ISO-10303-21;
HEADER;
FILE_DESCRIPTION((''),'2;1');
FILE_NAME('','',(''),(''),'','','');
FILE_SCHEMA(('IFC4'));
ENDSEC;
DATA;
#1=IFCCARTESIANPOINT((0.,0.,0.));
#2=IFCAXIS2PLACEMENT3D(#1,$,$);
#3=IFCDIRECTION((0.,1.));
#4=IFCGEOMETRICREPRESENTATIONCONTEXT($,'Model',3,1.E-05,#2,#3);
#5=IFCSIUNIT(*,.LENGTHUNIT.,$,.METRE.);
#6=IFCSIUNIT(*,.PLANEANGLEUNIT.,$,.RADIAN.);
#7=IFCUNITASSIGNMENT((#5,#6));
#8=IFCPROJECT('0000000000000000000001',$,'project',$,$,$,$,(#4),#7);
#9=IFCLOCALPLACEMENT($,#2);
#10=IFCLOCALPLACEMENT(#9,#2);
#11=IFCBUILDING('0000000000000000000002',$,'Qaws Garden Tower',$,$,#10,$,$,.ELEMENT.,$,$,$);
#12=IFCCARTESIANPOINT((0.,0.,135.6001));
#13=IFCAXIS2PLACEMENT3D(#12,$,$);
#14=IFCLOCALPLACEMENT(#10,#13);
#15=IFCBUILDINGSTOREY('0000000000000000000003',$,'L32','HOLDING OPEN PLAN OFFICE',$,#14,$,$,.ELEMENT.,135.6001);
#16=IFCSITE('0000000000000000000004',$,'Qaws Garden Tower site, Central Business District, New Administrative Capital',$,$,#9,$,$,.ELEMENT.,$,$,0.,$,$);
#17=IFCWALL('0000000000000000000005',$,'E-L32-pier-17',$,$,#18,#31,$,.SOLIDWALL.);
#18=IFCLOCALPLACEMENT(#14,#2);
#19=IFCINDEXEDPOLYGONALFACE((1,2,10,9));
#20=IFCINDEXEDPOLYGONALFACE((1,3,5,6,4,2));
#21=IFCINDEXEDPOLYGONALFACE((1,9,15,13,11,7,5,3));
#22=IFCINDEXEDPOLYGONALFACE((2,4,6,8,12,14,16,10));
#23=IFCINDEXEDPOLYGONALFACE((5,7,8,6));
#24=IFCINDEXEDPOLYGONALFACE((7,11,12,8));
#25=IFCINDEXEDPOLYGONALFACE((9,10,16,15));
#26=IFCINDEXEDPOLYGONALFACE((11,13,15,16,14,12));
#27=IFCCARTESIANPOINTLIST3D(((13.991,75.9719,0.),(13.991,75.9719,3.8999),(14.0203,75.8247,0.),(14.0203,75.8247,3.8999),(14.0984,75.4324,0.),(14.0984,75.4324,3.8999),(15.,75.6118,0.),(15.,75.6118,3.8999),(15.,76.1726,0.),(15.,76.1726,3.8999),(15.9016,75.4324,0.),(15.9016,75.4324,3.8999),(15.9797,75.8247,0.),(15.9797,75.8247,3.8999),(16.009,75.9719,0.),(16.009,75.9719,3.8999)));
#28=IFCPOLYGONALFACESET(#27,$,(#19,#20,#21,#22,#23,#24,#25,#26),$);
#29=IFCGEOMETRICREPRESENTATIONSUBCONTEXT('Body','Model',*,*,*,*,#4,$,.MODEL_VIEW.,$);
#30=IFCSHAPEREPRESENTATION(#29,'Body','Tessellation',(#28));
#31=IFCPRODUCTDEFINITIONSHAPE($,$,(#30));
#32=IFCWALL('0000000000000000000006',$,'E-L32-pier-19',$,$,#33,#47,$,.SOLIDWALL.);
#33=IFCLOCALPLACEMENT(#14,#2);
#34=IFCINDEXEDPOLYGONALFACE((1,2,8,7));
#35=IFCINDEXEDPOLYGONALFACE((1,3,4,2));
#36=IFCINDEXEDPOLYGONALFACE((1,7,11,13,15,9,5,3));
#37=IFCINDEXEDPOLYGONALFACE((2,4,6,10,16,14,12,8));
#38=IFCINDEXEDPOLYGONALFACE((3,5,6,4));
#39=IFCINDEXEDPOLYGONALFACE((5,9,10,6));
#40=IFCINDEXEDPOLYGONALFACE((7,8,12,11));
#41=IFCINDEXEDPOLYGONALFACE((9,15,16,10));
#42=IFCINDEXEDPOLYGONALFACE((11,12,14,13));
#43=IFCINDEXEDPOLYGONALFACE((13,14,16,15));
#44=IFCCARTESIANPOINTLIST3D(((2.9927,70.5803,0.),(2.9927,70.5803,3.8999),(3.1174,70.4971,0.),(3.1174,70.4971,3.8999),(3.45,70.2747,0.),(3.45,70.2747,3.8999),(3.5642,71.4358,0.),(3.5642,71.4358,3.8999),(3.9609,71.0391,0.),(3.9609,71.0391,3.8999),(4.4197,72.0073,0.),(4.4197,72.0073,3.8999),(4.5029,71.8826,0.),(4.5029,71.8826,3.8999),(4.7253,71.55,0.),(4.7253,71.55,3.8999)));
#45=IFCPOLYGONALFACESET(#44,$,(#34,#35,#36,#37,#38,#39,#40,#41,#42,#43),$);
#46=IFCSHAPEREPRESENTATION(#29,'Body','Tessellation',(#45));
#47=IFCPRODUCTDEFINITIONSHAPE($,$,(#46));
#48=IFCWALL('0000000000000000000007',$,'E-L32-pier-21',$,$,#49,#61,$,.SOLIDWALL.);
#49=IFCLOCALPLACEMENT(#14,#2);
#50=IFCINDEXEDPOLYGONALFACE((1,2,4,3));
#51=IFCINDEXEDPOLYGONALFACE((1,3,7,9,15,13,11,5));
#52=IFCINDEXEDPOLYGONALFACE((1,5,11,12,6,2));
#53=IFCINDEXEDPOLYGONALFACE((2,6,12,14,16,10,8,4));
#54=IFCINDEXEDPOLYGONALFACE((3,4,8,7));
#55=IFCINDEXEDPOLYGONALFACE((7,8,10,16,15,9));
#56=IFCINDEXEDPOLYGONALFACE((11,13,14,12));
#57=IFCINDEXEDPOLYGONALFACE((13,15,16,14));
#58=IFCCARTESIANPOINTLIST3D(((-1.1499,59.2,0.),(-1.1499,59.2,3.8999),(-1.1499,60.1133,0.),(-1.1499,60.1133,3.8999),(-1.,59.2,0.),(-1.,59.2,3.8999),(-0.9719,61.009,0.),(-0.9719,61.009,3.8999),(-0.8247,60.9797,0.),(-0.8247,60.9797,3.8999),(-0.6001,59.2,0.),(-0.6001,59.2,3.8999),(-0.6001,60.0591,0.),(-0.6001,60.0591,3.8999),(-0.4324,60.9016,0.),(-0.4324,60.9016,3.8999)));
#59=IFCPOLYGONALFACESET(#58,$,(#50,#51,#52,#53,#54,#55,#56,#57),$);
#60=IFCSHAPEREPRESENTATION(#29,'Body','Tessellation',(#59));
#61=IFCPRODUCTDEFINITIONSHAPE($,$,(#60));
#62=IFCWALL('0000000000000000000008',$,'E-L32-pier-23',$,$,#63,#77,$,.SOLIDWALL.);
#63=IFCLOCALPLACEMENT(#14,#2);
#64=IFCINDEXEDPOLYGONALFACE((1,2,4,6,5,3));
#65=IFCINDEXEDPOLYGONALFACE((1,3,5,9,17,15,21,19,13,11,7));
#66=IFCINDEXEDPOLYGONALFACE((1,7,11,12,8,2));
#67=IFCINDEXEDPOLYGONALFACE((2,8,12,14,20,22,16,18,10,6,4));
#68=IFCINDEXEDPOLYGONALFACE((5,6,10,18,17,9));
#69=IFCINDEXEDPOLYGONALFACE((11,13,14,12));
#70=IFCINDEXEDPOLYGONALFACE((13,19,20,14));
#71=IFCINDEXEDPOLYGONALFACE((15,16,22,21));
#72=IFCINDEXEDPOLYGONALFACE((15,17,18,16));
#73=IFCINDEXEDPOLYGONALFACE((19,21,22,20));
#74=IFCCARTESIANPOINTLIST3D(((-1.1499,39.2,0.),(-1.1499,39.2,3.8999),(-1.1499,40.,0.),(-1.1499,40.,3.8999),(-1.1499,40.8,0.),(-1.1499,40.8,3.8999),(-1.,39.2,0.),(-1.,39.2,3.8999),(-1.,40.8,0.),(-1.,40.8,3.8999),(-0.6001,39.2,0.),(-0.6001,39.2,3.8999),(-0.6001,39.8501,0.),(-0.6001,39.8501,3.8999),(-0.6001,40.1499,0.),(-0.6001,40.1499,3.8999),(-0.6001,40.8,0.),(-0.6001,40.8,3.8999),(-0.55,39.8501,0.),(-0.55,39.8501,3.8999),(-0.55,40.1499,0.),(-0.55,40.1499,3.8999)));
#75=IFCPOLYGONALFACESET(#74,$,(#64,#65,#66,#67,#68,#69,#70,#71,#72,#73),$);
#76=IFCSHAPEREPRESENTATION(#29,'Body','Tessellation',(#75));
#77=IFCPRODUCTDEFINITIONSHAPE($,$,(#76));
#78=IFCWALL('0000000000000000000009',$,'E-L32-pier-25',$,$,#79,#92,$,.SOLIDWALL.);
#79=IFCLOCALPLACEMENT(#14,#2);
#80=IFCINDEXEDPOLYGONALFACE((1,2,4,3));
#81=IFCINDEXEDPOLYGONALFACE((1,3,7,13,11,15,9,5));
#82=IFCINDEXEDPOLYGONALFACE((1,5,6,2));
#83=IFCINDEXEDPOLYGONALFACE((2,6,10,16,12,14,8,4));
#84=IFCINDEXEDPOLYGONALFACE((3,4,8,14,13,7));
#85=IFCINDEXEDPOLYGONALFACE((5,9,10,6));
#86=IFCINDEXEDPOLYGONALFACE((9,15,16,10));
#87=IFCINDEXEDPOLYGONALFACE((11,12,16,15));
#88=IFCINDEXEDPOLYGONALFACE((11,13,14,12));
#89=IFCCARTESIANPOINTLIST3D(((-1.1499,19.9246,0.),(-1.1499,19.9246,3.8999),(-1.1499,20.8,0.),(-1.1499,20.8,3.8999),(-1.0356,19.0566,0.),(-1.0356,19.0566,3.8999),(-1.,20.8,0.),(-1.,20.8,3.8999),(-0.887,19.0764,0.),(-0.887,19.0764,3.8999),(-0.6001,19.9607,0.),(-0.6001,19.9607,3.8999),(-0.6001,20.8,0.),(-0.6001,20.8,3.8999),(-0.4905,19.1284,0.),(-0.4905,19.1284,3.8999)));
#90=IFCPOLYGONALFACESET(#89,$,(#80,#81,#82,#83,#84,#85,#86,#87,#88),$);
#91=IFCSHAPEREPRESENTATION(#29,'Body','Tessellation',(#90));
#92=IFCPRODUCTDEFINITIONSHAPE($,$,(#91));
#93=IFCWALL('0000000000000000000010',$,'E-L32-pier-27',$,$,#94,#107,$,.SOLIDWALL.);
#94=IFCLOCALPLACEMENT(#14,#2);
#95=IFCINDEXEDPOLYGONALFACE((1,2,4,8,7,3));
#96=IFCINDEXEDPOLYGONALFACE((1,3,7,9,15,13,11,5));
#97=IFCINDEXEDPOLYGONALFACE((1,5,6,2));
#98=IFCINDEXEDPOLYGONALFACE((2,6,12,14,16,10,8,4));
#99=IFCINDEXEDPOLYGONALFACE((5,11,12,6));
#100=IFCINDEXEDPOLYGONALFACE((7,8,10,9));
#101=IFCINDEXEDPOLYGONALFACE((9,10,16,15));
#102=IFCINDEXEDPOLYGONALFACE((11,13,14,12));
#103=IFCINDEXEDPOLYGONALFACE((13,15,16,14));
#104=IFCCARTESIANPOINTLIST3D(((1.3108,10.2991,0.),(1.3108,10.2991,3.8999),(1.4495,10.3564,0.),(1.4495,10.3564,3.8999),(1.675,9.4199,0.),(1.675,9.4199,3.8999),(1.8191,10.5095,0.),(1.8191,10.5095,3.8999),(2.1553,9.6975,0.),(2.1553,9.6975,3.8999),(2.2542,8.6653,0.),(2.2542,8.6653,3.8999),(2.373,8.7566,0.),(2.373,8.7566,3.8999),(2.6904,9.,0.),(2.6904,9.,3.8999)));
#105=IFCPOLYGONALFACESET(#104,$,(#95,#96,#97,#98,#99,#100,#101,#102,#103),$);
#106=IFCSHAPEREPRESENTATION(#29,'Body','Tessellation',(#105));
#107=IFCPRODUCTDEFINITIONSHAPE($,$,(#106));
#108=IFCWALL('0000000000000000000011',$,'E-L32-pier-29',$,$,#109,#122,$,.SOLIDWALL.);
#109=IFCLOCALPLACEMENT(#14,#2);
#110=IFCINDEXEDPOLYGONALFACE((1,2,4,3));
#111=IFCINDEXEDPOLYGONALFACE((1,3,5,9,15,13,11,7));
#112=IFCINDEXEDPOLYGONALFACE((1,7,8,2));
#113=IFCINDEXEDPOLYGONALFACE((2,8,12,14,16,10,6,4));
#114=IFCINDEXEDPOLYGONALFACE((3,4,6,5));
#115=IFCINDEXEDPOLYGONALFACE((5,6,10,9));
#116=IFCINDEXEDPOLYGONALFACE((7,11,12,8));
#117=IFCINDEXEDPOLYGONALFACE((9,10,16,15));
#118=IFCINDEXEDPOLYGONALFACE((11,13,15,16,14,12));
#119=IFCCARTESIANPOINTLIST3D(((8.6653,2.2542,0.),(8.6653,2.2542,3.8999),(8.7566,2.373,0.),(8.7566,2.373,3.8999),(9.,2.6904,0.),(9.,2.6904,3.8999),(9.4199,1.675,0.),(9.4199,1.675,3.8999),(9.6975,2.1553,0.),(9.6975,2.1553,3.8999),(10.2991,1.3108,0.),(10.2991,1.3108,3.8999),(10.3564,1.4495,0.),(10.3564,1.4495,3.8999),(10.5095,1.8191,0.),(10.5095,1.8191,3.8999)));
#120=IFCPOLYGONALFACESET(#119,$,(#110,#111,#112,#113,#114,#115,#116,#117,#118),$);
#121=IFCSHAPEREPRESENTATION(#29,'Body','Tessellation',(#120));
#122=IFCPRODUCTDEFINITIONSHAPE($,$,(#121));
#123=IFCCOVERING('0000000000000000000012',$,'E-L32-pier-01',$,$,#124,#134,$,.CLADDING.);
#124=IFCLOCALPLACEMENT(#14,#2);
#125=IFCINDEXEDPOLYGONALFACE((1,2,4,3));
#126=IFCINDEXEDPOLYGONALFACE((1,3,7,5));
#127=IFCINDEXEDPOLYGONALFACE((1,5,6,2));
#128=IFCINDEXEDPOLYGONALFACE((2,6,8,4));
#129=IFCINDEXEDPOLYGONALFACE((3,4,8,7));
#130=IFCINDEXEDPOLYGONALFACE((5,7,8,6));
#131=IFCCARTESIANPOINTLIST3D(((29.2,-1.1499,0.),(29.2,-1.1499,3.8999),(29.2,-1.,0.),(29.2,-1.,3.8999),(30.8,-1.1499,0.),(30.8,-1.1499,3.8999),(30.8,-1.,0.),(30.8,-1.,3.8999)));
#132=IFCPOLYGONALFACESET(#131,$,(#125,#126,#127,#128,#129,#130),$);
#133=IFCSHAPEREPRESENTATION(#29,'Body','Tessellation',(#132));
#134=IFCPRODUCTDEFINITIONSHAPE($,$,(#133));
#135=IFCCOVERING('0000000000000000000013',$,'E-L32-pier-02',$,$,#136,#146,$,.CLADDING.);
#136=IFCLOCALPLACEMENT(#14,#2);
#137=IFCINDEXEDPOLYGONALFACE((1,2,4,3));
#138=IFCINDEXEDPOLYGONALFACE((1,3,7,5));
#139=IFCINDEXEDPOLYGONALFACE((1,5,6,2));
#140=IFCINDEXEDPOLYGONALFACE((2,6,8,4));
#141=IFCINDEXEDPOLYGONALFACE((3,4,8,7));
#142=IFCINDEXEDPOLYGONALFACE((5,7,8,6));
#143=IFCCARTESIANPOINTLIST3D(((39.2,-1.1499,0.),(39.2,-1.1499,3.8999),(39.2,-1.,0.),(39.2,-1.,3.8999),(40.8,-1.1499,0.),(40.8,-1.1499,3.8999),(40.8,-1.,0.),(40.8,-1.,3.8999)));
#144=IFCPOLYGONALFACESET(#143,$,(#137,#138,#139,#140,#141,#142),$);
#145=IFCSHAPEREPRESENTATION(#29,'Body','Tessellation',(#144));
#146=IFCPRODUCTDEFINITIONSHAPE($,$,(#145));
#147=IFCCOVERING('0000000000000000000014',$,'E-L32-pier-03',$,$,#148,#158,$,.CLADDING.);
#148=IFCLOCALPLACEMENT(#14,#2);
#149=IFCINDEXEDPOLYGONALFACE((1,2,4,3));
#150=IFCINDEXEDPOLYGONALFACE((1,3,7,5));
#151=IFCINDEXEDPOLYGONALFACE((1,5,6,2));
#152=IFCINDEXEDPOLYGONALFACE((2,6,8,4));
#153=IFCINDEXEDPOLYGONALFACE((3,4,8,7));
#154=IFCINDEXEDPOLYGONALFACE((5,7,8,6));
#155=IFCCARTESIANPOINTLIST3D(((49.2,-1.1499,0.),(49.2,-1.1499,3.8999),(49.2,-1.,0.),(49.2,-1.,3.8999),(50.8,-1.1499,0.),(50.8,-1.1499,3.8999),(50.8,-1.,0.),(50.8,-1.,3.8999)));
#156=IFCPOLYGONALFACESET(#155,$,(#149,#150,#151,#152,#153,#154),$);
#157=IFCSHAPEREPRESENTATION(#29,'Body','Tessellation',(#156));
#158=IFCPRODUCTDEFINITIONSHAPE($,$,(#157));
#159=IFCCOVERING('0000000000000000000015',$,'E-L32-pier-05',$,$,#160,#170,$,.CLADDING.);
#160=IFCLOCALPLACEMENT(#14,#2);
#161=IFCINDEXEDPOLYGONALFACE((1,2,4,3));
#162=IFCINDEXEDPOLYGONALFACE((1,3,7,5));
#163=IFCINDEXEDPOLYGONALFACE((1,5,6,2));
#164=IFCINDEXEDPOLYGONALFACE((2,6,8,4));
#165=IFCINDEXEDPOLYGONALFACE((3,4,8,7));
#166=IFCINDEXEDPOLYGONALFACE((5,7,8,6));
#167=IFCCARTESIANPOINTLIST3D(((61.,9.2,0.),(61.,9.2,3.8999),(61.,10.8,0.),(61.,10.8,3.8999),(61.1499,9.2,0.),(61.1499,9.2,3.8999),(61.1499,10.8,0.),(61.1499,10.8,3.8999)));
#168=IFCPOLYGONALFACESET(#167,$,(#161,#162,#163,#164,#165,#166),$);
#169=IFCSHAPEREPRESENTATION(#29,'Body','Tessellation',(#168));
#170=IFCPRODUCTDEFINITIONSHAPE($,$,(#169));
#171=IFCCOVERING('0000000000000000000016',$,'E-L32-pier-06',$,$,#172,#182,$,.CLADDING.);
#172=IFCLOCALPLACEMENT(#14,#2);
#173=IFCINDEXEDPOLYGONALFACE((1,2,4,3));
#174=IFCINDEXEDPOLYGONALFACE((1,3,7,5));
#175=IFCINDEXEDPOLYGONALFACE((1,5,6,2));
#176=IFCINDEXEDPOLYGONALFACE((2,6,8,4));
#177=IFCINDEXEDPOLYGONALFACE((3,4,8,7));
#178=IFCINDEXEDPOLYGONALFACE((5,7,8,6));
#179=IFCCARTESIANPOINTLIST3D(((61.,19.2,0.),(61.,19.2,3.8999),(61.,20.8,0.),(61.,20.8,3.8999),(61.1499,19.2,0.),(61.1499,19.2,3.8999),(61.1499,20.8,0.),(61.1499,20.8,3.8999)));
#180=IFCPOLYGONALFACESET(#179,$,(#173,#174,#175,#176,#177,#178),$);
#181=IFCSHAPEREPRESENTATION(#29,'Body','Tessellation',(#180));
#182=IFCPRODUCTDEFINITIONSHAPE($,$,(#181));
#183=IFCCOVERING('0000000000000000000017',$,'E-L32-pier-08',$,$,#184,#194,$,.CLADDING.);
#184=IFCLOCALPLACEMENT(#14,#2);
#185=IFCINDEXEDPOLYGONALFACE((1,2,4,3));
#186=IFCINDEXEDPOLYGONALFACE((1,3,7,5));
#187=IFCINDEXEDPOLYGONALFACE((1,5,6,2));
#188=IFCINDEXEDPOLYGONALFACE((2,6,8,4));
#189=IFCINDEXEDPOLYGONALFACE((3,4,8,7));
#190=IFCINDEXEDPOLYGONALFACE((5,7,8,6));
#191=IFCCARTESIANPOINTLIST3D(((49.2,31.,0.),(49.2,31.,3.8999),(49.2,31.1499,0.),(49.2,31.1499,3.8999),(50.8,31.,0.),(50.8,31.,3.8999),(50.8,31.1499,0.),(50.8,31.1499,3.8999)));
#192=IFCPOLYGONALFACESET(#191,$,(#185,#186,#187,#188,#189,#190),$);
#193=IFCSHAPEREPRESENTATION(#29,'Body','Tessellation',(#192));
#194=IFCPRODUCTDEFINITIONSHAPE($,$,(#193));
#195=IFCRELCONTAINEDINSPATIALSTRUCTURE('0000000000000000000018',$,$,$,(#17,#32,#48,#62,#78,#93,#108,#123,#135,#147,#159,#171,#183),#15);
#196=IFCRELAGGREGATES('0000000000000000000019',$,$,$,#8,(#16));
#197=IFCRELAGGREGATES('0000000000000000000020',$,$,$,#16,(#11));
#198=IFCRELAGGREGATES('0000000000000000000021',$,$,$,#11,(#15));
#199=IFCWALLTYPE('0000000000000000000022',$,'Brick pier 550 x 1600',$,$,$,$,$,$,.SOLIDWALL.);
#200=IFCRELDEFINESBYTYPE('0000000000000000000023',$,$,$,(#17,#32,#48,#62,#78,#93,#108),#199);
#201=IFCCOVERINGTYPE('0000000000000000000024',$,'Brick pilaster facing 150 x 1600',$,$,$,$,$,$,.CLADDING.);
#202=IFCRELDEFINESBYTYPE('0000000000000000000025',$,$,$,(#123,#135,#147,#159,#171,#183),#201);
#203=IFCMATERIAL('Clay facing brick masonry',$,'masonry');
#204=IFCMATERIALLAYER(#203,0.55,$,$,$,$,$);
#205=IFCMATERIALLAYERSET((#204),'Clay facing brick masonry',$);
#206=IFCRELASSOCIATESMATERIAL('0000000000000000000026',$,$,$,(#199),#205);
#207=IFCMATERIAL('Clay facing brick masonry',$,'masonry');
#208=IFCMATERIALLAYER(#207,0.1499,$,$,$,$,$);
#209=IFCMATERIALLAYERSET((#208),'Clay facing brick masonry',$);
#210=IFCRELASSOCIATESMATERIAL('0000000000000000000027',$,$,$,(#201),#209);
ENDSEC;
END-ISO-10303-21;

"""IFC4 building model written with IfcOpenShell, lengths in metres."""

from ifc_helpers import new_model, si_unit, direction, frame, origin, place, context, subcontext, project, spatial, polyline, outline, extrude, material, layer, layer_set, type_object, element, save


model = new_model("IFC4")

# Units and contexts
model_context = context("Model", 3, precision=1e-05, world=origin(), true_north=direction((0.0, 1.0)))
body_context = subcontext(model_context, "Body", "Model", "MODEL_VIEW")
ifc_project = project(units=[si_unit("LENGTHUNIT", "METRE"), si_unit("PLANEANGLEUNIT", "RADIAN")], contexts=[model_context])

# Site, building, storey
site_placement = place(None, origin())
site = spatial("IfcSite", under=ifc_project, at=site_placement, Name="Qaws Garden Tower site, Central Business District, New Administrative Capital", CompositionType="ELEMENT", RefElevation=0.0)
building_placement = place(site_placement, origin())
building = spatial("IfcBuilding", under=site, at=building_placement, Name="Qaws Garden Tower", CompositionType="ELEMENT")
storey_placement = place(building_placement, frame((0.0, 0.0, 135.6001)))
storey = spatial("IfcBuildingStorey", under=building, at=storey_placement, Name="L32", Description="HOLDING OPEN PLAN OFFICE", CompositionType="ELEMENT", Elevation=135.6001)

# Walls
placement = place(storey_placement, origin())
ifc_material_1 = material(Name="Clay facing brick masonry", Category="masonry")
ifc_layer_1 = layer(ifc_material_1, 0.55)
ifc_layer_set_1 = layer_set([ifc_layer_1], Name="Clay facing brick masonry")
wall_type_1 = type_object("IfcWallType", Name="Brick pier 550 x 1600", PredefinedType="SOLIDWALL", material=ifc_layer_set_1)
element("IfcWall", 1, at=placement, inside=storey, type_object=wall_type_1, Name="E-L32-pier-17", PredefinedType="SOLIDWALL", context=body_context, shape_type="SweptSolid", body=[
    extrude(outline(polyline([(15.9797, 75.8247), (16.009, 75.9719), (15.0, 76.1726), (13.991, 75.9719), (14.0203, 75.8247), (14.0984, 75.4324), (15.0, 75.6118), (15.9016, 75.4324), (15.9797, 75.8247)])), origin(), (0.0, 0.0, 1.0), 3.8999),
])
element("IfcWall", 2, at=placement, inside=storey, type_object=wall_type_1, Name="E-L32-pier-19", PredefinedType="SOLIDWALL", context=body_context, shape_type="SweptSolid", body=[
    extrude(outline(polyline([(4.5029, 71.8826), (4.4197, 72.0073), (3.5642, 71.4358), (2.9927, 70.5803), (3.1174, 70.4971), (3.45, 70.2747), (3.9609, 71.0391), (4.7253, 71.55), (4.5029, 71.8826)])), origin(), (0.0, 0.0, 1.0), 3.8999),
])
element("IfcWall", 3, at=placement, inside=storey, type_object=wall_type_1, Name="E-L32-pier-21", PredefinedType="SOLIDWALL", context=body_context, shape_type="SweptSolid", body=[
    extrude(outline(polyline([(-0.8247, 60.9797), (-0.9719, 61.009), (-1.1499, 60.1133), (-1.1499, 59.2), (-1.0, 59.2), (-0.6001, 59.2), (-0.6001, 60.0591), (-0.4324, 60.9016), (-0.8247, 60.9797)])), origin(), (0.0, 0.0, 1.0), 3.8999),
])
element("IfcWall", 4, at=placement, inside=storey, type_object=wall_type_1, Name="E-L32-pier-23", PredefinedType="SOLIDWALL", context=body_context, shape_type="SweptSolid", body=[
    extrude(outline(polyline([(-0.6001, 39.2), (-0.6001, 39.8501), (-0.55, 39.8501), (-0.55, 40.1499), (-0.6001, 40.1499), (-0.6001, 40.8), (-1.0, 40.8), (-1.1499, 40.8), (-1.1499, 40.0), (-1.1499, 39.2), (-1.0, 39.2), (-0.6001, 39.2)])), origin(), (0.0, 0.0, 1.0), 3.8999),
])
element("IfcWall", 5, at=placement, inside=storey, type_object=wall_type_1, Name="E-L32-pier-25", PredefinedType="SOLIDWALL", context=body_context, shape_type="SweptSolid", body=[
    extrude(outline(polyline([(-1.0, 20.8), (-1.1499, 20.8), (-1.1499, 19.9246), (-1.0356, 19.0566), (-0.887, 19.0764), (-0.4905, 19.1284), (-0.6001, 19.9607), (-0.6001, 20.8), (-1.0, 20.8)])), origin(), (0.0, 0.0, 1.0), 3.8999),
])
element("IfcWall", 6, at=placement, inside=storey, type_object=wall_type_1, Name="E-L32-pier-27", PredefinedType="SOLIDWALL", context=body_context, shape_type="SweptSolid", body=[
    extrude(outline(polyline([(1.4495, 10.3564), (1.3108, 10.2991), (1.675, 9.4199), (2.2542, 8.6653), (2.373, 8.7566), (2.6904, 9.0), (2.1553, 9.6975), (1.8191, 10.5095), (1.4495, 10.3564)])), origin(), (0.0, 0.0, 1.0), 3.8999),
])
element("IfcWall", 7, at=placement, inside=storey, type_object=wall_type_1, Name="E-L32-pier-29", PredefinedType="SOLIDWALL", context=body_context, shape_type="SweptSolid", body=[
    extrude(outline(polyline([(8.7566, 2.373), (8.6653, 2.2542), (9.4199, 1.675), (10.2991, 1.3108), (10.3564, 1.4495), (10.5095, 1.8191), (9.6975, 2.1553), (9.0, 2.6904), (8.7566, 2.373)])), origin(), (0.0, 0.0, 1.0), 3.8999),
])

# Coverings
ifc_material_2 = material(Name="Clay facing brick masonry", Category="masonry")
ifc_layer_2 = layer(ifc_material_2, 0.1499)
ifc_layer_set_2 = layer_set([ifc_layer_2], Name="Clay facing brick masonry")
covering_type = type_object("IfcCoveringType", Name="Brick pilaster facing 150 x 1600", PredefinedType="CLADDING", material=ifc_layer_set_2)
element("IfcCovering", 8, at=placement, inside=storey, type_object=covering_type, Name="E-L32-pier-01", PredefinedType="CLADDING", context=body_context, shape_type="SweptSolid", body=[
    extrude(outline(polyline([(29.2, -1.0), (30.8, -1.0), (30.8, -1.1499), (29.2, -1.1499), (29.2, -1.0)])), origin(), (0.0, 0.0, 1.0), 3.8999),
])
element("IfcCovering", 9, at=placement, inside=storey, type_object=covering_type, Name="E-L32-pier-02", PredefinedType="CLADDING", context=body_context, shape_type="SweptSolid", body=[
    extrude(outline(polyline([(39.2, -1.0), (40.8, -1.0), (40.8, -1.1499), (39.2, -1.1499), (39.2, -1.0)])), origin(), (0.0, 0.0, 1.0), 3.8999),
])
element("IfcCovering", 10, at=placement, inside=storey, type_object=covering_type, Name="E-L32-pier-03", PredefinedType="CLADDING", context=body_context, shape_type="SweptSolid", body=[
    extrude(outline(polyline([(49.2, -1.0), (50.8, -1.0), (50.8, -1.1499), (49.2, -1.1499), (49.2, -1.0)])), origin(), (0.0, 0.0, 1.0), 3.8999),
])
element("IfcCovering", 11, at=placement, inside=storey, type_object=covering_type, Name="E-L32-pier-05", PredefinedType="CLADDING", context=body_context, shape_type="SweptSolid", body=[
    extrude(outline(polyline([(61.0, 9.2), (61.0, 10.8), (61.1499, 10.8), (61.1499, 9.2), (61.0, 9.2)])), origin(), (0.0, 0.0, 1.0), 3.8999),
])
element("IfcCovering", 12, at=placement, inside=storey, type_object=covering_type, Name="E-L32-pier-06", PredefinedType="CLADDING", context=body_context, shape_type="SweptSolid", body=[
    extrude(outline(polyline([(61.0, 19.2), (61.0, 20.8), (61.1499, 20.8), (61.1499, 19.2), (61.0, 19.2)])), origin(), (0.0, 0.0, 1.0), 3.8999),
])
element("IfcCovering", 13, at=placement, inside=storey, type_object=covering_type, Name="E-L32-pier-08", PredefinedType="CLADDING", context=body_context, shape_type="SweptSolid", body=[
    extrude(outline(polyline([(50.8, 31.0), (49.2, 31.0), (49.2, 31.1499), (50.8, 31.1499), (50.8, 31.0)])), origin(), (0.0, 0.0, 1.0), 3.8999),
])

save(model, "model.ifc")
